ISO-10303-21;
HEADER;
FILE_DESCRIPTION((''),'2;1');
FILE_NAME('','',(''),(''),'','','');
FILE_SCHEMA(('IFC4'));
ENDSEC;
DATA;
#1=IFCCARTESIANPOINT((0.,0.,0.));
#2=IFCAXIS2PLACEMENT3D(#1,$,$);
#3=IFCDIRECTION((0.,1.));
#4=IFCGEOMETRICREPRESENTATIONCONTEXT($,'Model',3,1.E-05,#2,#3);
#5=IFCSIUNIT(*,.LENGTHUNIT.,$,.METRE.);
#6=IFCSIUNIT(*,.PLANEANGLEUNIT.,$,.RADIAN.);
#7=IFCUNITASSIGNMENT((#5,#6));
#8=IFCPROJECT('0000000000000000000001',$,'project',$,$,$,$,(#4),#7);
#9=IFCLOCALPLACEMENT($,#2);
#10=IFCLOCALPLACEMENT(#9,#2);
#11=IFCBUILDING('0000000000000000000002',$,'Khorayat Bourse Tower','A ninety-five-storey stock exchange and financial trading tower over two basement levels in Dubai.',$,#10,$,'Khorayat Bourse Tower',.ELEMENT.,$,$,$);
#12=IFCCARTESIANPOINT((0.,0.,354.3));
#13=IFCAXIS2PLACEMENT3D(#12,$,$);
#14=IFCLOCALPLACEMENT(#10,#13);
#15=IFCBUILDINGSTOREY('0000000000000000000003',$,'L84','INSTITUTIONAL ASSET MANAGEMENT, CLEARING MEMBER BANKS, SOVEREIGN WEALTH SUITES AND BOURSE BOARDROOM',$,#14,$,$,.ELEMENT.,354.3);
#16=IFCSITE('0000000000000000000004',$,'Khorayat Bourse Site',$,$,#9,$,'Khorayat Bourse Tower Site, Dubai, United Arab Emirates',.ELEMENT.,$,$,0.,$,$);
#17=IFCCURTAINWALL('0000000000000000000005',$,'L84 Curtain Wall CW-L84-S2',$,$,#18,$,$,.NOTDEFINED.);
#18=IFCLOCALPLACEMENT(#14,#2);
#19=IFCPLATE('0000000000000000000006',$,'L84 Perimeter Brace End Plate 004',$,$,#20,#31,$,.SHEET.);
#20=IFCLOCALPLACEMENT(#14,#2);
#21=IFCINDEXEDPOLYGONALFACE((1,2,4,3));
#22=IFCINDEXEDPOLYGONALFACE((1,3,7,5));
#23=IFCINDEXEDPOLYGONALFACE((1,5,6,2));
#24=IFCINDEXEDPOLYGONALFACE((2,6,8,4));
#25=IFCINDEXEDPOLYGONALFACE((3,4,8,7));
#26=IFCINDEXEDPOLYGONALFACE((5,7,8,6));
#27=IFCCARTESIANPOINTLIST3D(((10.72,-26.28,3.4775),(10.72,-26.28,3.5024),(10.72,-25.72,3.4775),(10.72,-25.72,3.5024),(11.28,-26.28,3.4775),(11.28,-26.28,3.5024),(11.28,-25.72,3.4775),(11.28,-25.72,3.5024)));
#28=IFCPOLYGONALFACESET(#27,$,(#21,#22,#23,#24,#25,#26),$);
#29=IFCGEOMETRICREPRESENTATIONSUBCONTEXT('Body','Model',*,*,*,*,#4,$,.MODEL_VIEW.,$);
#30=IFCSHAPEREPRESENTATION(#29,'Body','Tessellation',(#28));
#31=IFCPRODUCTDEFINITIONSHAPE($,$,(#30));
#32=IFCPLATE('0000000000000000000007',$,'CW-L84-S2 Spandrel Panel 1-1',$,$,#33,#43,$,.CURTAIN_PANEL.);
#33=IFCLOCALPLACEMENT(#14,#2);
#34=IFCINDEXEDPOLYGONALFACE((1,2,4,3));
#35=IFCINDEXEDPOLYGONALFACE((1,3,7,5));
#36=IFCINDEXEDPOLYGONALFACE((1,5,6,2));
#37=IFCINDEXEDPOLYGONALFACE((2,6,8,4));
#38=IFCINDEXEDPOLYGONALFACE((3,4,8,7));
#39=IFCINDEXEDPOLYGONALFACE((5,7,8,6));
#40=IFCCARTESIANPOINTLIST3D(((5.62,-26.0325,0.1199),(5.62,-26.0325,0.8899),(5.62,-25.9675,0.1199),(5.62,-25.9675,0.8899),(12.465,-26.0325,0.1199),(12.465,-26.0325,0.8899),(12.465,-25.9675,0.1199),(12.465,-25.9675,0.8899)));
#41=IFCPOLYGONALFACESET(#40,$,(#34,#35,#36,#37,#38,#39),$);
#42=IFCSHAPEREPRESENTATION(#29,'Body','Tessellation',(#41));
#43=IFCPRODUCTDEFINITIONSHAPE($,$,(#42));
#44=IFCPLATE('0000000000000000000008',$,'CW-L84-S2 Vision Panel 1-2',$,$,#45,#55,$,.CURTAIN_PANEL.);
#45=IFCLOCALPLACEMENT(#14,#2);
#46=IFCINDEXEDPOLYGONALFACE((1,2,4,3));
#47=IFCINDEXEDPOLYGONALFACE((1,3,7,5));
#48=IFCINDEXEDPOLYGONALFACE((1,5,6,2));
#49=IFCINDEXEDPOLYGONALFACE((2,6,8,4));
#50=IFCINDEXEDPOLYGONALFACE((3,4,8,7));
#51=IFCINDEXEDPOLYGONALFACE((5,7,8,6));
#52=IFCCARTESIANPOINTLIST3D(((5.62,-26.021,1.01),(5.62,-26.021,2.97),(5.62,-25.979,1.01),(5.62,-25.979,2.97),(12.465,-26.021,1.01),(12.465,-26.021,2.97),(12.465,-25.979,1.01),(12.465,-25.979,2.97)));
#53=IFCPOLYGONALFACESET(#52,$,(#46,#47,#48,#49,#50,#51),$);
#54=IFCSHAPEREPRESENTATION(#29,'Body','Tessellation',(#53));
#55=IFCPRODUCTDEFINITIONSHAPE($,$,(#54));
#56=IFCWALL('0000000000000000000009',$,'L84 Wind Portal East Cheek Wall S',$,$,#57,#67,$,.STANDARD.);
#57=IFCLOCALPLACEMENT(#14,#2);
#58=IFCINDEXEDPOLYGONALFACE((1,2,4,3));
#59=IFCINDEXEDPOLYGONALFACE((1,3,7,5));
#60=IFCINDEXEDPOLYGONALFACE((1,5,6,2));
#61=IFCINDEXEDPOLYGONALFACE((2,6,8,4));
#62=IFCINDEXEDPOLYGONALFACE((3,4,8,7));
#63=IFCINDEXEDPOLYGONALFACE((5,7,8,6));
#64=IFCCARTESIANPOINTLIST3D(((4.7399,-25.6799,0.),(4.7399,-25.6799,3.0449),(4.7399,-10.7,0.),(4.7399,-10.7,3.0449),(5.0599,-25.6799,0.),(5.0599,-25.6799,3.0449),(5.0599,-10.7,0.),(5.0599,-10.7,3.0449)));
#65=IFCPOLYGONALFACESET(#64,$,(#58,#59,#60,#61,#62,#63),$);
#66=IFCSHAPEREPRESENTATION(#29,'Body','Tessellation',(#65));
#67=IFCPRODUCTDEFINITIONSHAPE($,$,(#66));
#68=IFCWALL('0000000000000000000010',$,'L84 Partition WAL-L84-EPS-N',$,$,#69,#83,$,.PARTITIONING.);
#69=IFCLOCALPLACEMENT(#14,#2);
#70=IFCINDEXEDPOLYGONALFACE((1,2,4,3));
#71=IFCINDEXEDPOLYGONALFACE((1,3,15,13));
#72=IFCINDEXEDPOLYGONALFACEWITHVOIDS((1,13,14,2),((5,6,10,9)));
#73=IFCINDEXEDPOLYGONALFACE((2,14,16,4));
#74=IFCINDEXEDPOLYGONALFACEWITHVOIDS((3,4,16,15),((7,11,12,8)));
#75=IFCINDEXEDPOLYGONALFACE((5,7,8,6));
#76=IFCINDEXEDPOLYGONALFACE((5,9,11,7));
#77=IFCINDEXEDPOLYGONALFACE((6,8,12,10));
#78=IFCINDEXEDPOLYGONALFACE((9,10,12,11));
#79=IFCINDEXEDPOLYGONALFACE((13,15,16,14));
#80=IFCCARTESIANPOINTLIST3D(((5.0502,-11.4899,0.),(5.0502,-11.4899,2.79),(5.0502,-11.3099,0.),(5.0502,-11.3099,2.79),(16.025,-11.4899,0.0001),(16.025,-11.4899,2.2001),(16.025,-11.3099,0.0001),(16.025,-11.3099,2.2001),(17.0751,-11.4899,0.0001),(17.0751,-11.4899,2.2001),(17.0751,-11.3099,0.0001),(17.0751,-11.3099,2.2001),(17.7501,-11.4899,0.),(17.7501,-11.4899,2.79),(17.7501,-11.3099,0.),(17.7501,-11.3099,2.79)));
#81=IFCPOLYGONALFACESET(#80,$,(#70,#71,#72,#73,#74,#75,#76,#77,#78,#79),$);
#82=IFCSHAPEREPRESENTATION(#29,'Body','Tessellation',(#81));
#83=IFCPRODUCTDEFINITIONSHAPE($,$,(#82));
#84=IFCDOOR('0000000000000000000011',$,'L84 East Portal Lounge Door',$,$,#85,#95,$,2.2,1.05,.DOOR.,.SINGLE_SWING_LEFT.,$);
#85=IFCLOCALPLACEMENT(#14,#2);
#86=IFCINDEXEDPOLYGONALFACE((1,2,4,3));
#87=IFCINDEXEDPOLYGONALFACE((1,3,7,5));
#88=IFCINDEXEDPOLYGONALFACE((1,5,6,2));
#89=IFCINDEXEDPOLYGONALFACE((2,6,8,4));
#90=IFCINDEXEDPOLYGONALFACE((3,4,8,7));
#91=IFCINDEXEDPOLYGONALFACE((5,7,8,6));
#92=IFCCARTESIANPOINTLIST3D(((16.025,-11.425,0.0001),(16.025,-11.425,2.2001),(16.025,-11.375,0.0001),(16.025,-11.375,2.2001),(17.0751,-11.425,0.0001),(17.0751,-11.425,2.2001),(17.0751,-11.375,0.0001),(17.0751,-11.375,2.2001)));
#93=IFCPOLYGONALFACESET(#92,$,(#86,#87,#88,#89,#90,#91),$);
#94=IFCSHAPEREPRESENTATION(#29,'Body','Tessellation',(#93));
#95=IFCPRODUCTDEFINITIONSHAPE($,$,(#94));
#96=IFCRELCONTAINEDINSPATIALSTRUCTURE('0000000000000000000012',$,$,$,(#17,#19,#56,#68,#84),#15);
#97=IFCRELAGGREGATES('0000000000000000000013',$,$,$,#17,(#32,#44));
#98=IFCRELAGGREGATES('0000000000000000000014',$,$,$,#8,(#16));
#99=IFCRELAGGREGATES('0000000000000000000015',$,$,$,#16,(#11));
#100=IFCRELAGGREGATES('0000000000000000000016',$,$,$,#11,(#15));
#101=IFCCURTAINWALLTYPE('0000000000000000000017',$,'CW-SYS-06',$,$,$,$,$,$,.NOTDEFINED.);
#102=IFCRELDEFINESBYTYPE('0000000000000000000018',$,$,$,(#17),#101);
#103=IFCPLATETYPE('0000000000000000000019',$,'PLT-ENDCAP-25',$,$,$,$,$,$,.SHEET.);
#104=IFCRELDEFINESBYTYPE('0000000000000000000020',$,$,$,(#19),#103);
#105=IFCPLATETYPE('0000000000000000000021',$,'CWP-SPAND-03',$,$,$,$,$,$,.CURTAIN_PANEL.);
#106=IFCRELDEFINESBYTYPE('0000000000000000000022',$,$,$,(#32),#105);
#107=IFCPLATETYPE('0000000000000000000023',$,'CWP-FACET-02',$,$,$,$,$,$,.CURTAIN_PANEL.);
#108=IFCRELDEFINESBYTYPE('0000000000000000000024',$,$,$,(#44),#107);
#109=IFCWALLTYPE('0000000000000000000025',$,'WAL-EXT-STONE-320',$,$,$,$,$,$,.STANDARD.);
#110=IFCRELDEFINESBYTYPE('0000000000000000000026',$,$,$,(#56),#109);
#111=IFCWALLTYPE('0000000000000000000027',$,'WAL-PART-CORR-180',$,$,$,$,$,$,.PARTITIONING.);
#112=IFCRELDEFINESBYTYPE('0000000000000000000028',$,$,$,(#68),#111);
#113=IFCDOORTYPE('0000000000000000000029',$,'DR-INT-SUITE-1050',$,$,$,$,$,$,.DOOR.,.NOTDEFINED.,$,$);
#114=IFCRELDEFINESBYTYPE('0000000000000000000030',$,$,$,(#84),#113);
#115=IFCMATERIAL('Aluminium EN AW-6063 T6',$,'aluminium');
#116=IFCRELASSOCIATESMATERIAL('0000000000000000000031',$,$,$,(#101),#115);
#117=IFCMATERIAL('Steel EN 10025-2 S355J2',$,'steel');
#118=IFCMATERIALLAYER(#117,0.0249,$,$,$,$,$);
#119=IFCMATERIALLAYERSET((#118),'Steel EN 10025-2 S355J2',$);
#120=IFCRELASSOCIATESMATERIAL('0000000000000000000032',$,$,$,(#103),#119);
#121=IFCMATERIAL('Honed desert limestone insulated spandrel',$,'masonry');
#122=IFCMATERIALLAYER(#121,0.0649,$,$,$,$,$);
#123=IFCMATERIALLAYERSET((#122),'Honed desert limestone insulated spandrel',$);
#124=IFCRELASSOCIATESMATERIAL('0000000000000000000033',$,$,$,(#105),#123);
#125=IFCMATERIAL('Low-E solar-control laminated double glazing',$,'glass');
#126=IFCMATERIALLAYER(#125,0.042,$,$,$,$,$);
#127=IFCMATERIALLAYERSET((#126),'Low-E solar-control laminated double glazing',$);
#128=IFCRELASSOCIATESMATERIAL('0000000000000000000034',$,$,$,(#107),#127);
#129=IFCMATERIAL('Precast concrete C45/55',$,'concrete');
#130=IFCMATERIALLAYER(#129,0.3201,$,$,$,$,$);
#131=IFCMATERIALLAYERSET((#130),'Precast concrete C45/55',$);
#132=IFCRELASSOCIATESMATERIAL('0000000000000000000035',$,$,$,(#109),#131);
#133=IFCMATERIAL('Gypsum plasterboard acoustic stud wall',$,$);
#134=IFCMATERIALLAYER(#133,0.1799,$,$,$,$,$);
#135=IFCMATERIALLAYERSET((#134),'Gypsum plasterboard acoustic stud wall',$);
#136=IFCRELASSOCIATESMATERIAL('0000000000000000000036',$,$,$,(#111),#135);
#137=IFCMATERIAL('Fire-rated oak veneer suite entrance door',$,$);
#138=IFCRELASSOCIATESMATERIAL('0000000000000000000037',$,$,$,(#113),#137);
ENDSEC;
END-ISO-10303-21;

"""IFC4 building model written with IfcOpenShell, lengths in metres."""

from ifc_helpers import new_model, si_unit, direction, frame, frame_2d, origin, origin_2d, place, context, subcontext, project, spatial, rectangle, extrude, source, transform, mapped, material, layer, layer_set, type_object, element, fill, aggregate, save


model = new_model("IFC4")

# Units and contexts
model_context = context("Model", 3, precision=1e-05, world=origin(), true_north=direction((0.0, 1.0)))
body_context = subcontext(model_context, "Body", "Model", "MODEL_VIEW")
ifc_project = project(units=[si_unit("LENGTHUNIT", "METRE"), si_unit("PLANEANGLEUNIT", "RADIAN")], contexts=[model_context])

# Site, building, storey
site_placement = place(None, origin())
site = spatial("IfcSite", under=ifc_project, at=site_placement, Name="Khorayat Bourse Site", LongName="Khorayat Bourse Tower Site, Dubai, United Arab Emirates", CompositionType="ELEMENT", RefElevation=0.0)
building_placement = place(site_placement, origin())
building = spatial("IfcBuilding", under=site, at=building_placement, Name="Khorayat Bourse Tower", Description="A ninety-five-storey stock exchange and financial trading tower over two basement levels in Dubai.", LongName="Khorayat Bourse Tower", CompositionType="ELEMENT")
storey_placement = place(building_placement, frame((0.0, 0.0, 354.3)))
storey = spatial("IfcBuildingStorey", under=building, at=storey_placement, Name="L84", Description="INSTITUTIONAL ASSET MANAGEMENT, CLEARING MEMBER BANKS, SOVEREIGN WEALTH SUITES AND BOURSE BOARDROOM", CompositionType="ELEMENT", Elevation=354.3)

# Shared definitions
ifc_material_1 = material(Name="Steel EN 10025-2 S355J2", Category="steel")

# Curtain wall
ifc_material_2 = material(Name="Aluminium EN AW-6063 T6", Category="aluminium")
curtain_wall_type = type_object("IfcCurtainWallType", Name="CW-SYS-06", PredefinedType="NOTDEFINED", material=ifc_material_2)
curtain_wall_placement = place(storey_placement, origin())
curtain_wall = element("IfcCurtainWall", 1, at=curtain_wall_placement, inside=storey, type_object=curtain_wall_type, Name="L84 Curtain Wall CW-L84-S2", PredefinedType="NOTDEFINED")

# Plate
ifc_layer_1 = layer(ifc_material_1, 0.0249)
ifc_layer_set_1 = layer_set([ifc_layer_1], Name="Steel EN 10025-2 S355J2")
plate_type_1 = type_object("IfcPlateType", Name="PLT-ENDCAP-25", PredefinedType="SHEET", material=ifc_layer_set_1)
shared_shape_1 = source(origin(), body_context, "Body", "SweptSolid", [
    extrude(rectangle(XDim=0.5601, YDim=0.5601, at=origin_2d()), origin(), (0.0, 0.0, 1.0), 0.0249),
])
for number, where, z_axis, x_axis, name in (
    (2, (11.0, -26.0, 3.4775), (0.0, 0.0, 1.0), (1.0, 0.0, 0.0), "L84 Perimeter Brace End Plate 004"),
):
    element("IfcPlate", number, at=place(storey_placement, frame(where, z_axis=z_axis, x_axis=x_axis)), inside=storey, type_object=plate_type_1, Name=name, PredefinedType="SHEET", context=body_context, shape_type="MappedRepresentation", body=[
        mapped(shared_shape_1, transform((0.0, 0.0, 0.0), scale=1.0)),
    ])

# Plates
ifc_material_3 = material(Name="Honed desert limestone insulated spandrel", Category="masonry")
ifc_layer_2 = layer(ifc_material_3, 0.0649)
ifc_layer_set_2 = layer_set([ifc_layer_2], Name="Honed desert limestone insulated spandrel")
plate_type_2 = type_object("IfcPlateType", Name="CWP-SPAND-03", PredefinedType="CURTAIN_PANEL", material=ifc_layer_set_2)
shared_shape_2 = source(origin(), body_context, "Body", "SweptSolid", [
    extrude(rectangle(XDim=6.845, YDim=0.0649, at=origin_2d()), origin(), (0.0, 0.0, 1.0), 0.77),
])
plate_1_placement = place(storey_placement, frame((9.0425, -26.0, 0.1199), z_axis=(0.0, 0.0, 1.0), x_axis=(1.0, 0.0, 0.0)))
plate_1 = element("IfcPlate", 3, at=plate_1_placement, type_object=plate_type_2, Name="CW-L84-S2 Spandrel Panel 1-1", PredefinedType="CURTAIN_PANEL", context=body_context, shape_type="MappedRepresentation", body=[
    mapped(shared_shape_2, transform((0.0, 0.0, 0.0), scale=1.0)),
])
ifc_material_4 = material(Name="Low-E solar-control laminated double glazing", Category="glass")
ifc_layer_3 = layer(ifc_material_4, 0.042)
ifc_layer_set_3 = layer_set([ifc_layer_3], Name="Low-E solar-control laminated double glazing")
plate_type_3 = type_object("IfcPlateType", Name="CWP-FACET-02", PredefinedType="CURTAIN_PANEL", material=ifc_layer_set_3)
shared_shape_3 = source(origin(), body_context, "Body", "SweptSolid", [
    extrude(rectangle(XDim=6.845, YDim=0.042, at=origin_2d()), origin(), (0.0, 0.0, 1.0), 1.96),
])
plate_2_placement = place(storey_placement, frame((9.0425, -26.0, 1.01), z_axis=(0.0, 0.0, 1.0), x_axis=(1.0, 0.0, 0.0)))
plate_2 = element("IfcPlate", 4, at=plate_2_placement, type_object=plate_type_3, Name="CW-L84-S2 Vision Panel 1-2", PredefinedType="CURTAIN_PANEL", context=body_context, shape_type="MappedRepresentation", body=[
    mapped(shared_shape_3, transform((0.0, 0.0, 0.0), scale=1.0)),
])
aggregate(curtain_wall, [plate_1, plate_2])

# Wall
ifc_material_5 = material(Name="Precast concrete C45/55", Category="concrete")
ifc_layer_4 = layer(ifc_material_5, 0.3201)
ifc_layer_set_4 = layer_set([ifc_layer_4], Name="Precast concrete C45/55")
wall_type_1 = type_object("IfcWallType", Name="WAL-EXT-STONE-320", PredefinedType="STANDARD", material=ifc_layer_set_4)
shared_shape_4 = source(origin(), body_context, "Body", "SweptSolid", [
    extrude(rectangle(XDim=14.98, YDim=0.3201, at=frame_2d((7.49, 0.0))), origin(), (0.0, 0.0, 1.0), 3.0449),
])
wall_1_placement = place(storey_placement, frame((4.8999, -25.6799, 0.0), z_axis=(0.0, 0.0, 1.0), x_axis=(0.0, 1.0, 0.0)))
element("IfcWall", 5, at=wall_1_placement, inside=storey, type_object=wall_type_1, Name="L84 Wind Portal East Cheek Wall S", PredefinedType="STANDARD", context=body_context, shape_type="MappedRepresentation", body=[
    mapped(shared_shape_4, transform((0.0, 0.0, 0.0), scale=1.0)),
])

# Wall, opening, door
ifc_material_6 = material(Name="Gypsum plasterboard acoustic stud wall")
ifc_layer_5 = layer(ifc_material_6, 0.1799)
ifc_layer_set_5 = layer_set([ifc_layer_5], Name="Gypsum plasterboard acoustic stud wall")
wall_type_2 = type_object("IfcWallType", Name="WAL-PART-CORR-180", PredefinedType="PARTITIONING", material=ifc_layer_set_5)
shared_shape_5 = source(origin(), body_context, "Body", "SweptSolid", [
    extrude(rectangle(XDim=12.7, YDim=0.1799, at=frame_2d((6.3501, 0.0))), origin(), (0.0, 0.0, 1.0), 2.79),
])
wall_2_placement = place(storey_placement, frame((5.05, -11.3999, 0.0), z_axis=(0.0, 0.0, 1.0), x_axis=(1.0, 0.0, 0.0)))
wall_2 = element("IfcWall", 6, at=wall_2_placement, inside=storey, type_object=wall_type_2, Name="L84 Partition WAL-L84-EPS-N", PredefinedType="PARTITIONING", context=body_context, shape_type="MappedRepresentation", body=[
    mapped(shared_shape_5, transform((0.0, 0.0, 0.0), scale=1.0)),
])
shared_shape_6 = source(origin(), body_context, "Body", "SweptSolid", [
    extrude(rectangle(XDim=1.05, YDim=2.2, at=frame_2d((0.5249, 1.1001))), frame((0.0, 0.0999, 0.0), z_axis=(0.0, -1.0, 0.0), x_axis=(1.0, 0.0, 0.0)), (0.0, 0.0, 1.0), 0.2),
])
opening_placement = place(wall_2_placement, frame((10.9751, 0.0, 0.0)))
opening = element("IfcOpeningElement", 7, at=opening_placement, cuts=wall_2, PredefinedType="OPENING", context=body_context, shape_type="MappedRepresentation", body=[
    mapped(shared_shape_6, transform((0.0, 0.0, 0.0), scale=1.0)),
])
ifc_material_7 = material(Name="Fire-rated oak veneer suite entrance door")
door_type = type_object("IfcDoorType", Name="DR-INT-SUITE-1050", OperationType="NOTDEFINED", PredefinedType="DOOR", material=ifc_material_7)
shared_shape_7 = source(origin(), body_context, "Body", "SweptSolid", [
    extrude(rectangle(XDim=1.05, YDim=2.2, at=frame_2d((0.5249, 1.1001))), frame((0.0, 0.0249, 0.0), z_axis=(0.0, -1.0, 0.0), x_axis=(1.0, 0.0, 0.0)), (0.0, 0.0, 1.0), 0.05),
])
door_placement = place(opening_placement, origin())
door = element("IfcDoor", 8, at=door_placement, inside=storey, type_object=door_type, Name="L84 East Portal Lounge Door", OperationType="SINGLE_SWING_LEFT", OverallHeight=2.2, OverallWidth=1.05, PredefinedType="DOOR", context=body_context, shape_type="MappedRepresentation", body=[
    mapped(shared_shape_7, transform((0.0, 0.0, 0.0), scale=1.0)),
])
fill(opening, door)

save(model, "model.ifc")
